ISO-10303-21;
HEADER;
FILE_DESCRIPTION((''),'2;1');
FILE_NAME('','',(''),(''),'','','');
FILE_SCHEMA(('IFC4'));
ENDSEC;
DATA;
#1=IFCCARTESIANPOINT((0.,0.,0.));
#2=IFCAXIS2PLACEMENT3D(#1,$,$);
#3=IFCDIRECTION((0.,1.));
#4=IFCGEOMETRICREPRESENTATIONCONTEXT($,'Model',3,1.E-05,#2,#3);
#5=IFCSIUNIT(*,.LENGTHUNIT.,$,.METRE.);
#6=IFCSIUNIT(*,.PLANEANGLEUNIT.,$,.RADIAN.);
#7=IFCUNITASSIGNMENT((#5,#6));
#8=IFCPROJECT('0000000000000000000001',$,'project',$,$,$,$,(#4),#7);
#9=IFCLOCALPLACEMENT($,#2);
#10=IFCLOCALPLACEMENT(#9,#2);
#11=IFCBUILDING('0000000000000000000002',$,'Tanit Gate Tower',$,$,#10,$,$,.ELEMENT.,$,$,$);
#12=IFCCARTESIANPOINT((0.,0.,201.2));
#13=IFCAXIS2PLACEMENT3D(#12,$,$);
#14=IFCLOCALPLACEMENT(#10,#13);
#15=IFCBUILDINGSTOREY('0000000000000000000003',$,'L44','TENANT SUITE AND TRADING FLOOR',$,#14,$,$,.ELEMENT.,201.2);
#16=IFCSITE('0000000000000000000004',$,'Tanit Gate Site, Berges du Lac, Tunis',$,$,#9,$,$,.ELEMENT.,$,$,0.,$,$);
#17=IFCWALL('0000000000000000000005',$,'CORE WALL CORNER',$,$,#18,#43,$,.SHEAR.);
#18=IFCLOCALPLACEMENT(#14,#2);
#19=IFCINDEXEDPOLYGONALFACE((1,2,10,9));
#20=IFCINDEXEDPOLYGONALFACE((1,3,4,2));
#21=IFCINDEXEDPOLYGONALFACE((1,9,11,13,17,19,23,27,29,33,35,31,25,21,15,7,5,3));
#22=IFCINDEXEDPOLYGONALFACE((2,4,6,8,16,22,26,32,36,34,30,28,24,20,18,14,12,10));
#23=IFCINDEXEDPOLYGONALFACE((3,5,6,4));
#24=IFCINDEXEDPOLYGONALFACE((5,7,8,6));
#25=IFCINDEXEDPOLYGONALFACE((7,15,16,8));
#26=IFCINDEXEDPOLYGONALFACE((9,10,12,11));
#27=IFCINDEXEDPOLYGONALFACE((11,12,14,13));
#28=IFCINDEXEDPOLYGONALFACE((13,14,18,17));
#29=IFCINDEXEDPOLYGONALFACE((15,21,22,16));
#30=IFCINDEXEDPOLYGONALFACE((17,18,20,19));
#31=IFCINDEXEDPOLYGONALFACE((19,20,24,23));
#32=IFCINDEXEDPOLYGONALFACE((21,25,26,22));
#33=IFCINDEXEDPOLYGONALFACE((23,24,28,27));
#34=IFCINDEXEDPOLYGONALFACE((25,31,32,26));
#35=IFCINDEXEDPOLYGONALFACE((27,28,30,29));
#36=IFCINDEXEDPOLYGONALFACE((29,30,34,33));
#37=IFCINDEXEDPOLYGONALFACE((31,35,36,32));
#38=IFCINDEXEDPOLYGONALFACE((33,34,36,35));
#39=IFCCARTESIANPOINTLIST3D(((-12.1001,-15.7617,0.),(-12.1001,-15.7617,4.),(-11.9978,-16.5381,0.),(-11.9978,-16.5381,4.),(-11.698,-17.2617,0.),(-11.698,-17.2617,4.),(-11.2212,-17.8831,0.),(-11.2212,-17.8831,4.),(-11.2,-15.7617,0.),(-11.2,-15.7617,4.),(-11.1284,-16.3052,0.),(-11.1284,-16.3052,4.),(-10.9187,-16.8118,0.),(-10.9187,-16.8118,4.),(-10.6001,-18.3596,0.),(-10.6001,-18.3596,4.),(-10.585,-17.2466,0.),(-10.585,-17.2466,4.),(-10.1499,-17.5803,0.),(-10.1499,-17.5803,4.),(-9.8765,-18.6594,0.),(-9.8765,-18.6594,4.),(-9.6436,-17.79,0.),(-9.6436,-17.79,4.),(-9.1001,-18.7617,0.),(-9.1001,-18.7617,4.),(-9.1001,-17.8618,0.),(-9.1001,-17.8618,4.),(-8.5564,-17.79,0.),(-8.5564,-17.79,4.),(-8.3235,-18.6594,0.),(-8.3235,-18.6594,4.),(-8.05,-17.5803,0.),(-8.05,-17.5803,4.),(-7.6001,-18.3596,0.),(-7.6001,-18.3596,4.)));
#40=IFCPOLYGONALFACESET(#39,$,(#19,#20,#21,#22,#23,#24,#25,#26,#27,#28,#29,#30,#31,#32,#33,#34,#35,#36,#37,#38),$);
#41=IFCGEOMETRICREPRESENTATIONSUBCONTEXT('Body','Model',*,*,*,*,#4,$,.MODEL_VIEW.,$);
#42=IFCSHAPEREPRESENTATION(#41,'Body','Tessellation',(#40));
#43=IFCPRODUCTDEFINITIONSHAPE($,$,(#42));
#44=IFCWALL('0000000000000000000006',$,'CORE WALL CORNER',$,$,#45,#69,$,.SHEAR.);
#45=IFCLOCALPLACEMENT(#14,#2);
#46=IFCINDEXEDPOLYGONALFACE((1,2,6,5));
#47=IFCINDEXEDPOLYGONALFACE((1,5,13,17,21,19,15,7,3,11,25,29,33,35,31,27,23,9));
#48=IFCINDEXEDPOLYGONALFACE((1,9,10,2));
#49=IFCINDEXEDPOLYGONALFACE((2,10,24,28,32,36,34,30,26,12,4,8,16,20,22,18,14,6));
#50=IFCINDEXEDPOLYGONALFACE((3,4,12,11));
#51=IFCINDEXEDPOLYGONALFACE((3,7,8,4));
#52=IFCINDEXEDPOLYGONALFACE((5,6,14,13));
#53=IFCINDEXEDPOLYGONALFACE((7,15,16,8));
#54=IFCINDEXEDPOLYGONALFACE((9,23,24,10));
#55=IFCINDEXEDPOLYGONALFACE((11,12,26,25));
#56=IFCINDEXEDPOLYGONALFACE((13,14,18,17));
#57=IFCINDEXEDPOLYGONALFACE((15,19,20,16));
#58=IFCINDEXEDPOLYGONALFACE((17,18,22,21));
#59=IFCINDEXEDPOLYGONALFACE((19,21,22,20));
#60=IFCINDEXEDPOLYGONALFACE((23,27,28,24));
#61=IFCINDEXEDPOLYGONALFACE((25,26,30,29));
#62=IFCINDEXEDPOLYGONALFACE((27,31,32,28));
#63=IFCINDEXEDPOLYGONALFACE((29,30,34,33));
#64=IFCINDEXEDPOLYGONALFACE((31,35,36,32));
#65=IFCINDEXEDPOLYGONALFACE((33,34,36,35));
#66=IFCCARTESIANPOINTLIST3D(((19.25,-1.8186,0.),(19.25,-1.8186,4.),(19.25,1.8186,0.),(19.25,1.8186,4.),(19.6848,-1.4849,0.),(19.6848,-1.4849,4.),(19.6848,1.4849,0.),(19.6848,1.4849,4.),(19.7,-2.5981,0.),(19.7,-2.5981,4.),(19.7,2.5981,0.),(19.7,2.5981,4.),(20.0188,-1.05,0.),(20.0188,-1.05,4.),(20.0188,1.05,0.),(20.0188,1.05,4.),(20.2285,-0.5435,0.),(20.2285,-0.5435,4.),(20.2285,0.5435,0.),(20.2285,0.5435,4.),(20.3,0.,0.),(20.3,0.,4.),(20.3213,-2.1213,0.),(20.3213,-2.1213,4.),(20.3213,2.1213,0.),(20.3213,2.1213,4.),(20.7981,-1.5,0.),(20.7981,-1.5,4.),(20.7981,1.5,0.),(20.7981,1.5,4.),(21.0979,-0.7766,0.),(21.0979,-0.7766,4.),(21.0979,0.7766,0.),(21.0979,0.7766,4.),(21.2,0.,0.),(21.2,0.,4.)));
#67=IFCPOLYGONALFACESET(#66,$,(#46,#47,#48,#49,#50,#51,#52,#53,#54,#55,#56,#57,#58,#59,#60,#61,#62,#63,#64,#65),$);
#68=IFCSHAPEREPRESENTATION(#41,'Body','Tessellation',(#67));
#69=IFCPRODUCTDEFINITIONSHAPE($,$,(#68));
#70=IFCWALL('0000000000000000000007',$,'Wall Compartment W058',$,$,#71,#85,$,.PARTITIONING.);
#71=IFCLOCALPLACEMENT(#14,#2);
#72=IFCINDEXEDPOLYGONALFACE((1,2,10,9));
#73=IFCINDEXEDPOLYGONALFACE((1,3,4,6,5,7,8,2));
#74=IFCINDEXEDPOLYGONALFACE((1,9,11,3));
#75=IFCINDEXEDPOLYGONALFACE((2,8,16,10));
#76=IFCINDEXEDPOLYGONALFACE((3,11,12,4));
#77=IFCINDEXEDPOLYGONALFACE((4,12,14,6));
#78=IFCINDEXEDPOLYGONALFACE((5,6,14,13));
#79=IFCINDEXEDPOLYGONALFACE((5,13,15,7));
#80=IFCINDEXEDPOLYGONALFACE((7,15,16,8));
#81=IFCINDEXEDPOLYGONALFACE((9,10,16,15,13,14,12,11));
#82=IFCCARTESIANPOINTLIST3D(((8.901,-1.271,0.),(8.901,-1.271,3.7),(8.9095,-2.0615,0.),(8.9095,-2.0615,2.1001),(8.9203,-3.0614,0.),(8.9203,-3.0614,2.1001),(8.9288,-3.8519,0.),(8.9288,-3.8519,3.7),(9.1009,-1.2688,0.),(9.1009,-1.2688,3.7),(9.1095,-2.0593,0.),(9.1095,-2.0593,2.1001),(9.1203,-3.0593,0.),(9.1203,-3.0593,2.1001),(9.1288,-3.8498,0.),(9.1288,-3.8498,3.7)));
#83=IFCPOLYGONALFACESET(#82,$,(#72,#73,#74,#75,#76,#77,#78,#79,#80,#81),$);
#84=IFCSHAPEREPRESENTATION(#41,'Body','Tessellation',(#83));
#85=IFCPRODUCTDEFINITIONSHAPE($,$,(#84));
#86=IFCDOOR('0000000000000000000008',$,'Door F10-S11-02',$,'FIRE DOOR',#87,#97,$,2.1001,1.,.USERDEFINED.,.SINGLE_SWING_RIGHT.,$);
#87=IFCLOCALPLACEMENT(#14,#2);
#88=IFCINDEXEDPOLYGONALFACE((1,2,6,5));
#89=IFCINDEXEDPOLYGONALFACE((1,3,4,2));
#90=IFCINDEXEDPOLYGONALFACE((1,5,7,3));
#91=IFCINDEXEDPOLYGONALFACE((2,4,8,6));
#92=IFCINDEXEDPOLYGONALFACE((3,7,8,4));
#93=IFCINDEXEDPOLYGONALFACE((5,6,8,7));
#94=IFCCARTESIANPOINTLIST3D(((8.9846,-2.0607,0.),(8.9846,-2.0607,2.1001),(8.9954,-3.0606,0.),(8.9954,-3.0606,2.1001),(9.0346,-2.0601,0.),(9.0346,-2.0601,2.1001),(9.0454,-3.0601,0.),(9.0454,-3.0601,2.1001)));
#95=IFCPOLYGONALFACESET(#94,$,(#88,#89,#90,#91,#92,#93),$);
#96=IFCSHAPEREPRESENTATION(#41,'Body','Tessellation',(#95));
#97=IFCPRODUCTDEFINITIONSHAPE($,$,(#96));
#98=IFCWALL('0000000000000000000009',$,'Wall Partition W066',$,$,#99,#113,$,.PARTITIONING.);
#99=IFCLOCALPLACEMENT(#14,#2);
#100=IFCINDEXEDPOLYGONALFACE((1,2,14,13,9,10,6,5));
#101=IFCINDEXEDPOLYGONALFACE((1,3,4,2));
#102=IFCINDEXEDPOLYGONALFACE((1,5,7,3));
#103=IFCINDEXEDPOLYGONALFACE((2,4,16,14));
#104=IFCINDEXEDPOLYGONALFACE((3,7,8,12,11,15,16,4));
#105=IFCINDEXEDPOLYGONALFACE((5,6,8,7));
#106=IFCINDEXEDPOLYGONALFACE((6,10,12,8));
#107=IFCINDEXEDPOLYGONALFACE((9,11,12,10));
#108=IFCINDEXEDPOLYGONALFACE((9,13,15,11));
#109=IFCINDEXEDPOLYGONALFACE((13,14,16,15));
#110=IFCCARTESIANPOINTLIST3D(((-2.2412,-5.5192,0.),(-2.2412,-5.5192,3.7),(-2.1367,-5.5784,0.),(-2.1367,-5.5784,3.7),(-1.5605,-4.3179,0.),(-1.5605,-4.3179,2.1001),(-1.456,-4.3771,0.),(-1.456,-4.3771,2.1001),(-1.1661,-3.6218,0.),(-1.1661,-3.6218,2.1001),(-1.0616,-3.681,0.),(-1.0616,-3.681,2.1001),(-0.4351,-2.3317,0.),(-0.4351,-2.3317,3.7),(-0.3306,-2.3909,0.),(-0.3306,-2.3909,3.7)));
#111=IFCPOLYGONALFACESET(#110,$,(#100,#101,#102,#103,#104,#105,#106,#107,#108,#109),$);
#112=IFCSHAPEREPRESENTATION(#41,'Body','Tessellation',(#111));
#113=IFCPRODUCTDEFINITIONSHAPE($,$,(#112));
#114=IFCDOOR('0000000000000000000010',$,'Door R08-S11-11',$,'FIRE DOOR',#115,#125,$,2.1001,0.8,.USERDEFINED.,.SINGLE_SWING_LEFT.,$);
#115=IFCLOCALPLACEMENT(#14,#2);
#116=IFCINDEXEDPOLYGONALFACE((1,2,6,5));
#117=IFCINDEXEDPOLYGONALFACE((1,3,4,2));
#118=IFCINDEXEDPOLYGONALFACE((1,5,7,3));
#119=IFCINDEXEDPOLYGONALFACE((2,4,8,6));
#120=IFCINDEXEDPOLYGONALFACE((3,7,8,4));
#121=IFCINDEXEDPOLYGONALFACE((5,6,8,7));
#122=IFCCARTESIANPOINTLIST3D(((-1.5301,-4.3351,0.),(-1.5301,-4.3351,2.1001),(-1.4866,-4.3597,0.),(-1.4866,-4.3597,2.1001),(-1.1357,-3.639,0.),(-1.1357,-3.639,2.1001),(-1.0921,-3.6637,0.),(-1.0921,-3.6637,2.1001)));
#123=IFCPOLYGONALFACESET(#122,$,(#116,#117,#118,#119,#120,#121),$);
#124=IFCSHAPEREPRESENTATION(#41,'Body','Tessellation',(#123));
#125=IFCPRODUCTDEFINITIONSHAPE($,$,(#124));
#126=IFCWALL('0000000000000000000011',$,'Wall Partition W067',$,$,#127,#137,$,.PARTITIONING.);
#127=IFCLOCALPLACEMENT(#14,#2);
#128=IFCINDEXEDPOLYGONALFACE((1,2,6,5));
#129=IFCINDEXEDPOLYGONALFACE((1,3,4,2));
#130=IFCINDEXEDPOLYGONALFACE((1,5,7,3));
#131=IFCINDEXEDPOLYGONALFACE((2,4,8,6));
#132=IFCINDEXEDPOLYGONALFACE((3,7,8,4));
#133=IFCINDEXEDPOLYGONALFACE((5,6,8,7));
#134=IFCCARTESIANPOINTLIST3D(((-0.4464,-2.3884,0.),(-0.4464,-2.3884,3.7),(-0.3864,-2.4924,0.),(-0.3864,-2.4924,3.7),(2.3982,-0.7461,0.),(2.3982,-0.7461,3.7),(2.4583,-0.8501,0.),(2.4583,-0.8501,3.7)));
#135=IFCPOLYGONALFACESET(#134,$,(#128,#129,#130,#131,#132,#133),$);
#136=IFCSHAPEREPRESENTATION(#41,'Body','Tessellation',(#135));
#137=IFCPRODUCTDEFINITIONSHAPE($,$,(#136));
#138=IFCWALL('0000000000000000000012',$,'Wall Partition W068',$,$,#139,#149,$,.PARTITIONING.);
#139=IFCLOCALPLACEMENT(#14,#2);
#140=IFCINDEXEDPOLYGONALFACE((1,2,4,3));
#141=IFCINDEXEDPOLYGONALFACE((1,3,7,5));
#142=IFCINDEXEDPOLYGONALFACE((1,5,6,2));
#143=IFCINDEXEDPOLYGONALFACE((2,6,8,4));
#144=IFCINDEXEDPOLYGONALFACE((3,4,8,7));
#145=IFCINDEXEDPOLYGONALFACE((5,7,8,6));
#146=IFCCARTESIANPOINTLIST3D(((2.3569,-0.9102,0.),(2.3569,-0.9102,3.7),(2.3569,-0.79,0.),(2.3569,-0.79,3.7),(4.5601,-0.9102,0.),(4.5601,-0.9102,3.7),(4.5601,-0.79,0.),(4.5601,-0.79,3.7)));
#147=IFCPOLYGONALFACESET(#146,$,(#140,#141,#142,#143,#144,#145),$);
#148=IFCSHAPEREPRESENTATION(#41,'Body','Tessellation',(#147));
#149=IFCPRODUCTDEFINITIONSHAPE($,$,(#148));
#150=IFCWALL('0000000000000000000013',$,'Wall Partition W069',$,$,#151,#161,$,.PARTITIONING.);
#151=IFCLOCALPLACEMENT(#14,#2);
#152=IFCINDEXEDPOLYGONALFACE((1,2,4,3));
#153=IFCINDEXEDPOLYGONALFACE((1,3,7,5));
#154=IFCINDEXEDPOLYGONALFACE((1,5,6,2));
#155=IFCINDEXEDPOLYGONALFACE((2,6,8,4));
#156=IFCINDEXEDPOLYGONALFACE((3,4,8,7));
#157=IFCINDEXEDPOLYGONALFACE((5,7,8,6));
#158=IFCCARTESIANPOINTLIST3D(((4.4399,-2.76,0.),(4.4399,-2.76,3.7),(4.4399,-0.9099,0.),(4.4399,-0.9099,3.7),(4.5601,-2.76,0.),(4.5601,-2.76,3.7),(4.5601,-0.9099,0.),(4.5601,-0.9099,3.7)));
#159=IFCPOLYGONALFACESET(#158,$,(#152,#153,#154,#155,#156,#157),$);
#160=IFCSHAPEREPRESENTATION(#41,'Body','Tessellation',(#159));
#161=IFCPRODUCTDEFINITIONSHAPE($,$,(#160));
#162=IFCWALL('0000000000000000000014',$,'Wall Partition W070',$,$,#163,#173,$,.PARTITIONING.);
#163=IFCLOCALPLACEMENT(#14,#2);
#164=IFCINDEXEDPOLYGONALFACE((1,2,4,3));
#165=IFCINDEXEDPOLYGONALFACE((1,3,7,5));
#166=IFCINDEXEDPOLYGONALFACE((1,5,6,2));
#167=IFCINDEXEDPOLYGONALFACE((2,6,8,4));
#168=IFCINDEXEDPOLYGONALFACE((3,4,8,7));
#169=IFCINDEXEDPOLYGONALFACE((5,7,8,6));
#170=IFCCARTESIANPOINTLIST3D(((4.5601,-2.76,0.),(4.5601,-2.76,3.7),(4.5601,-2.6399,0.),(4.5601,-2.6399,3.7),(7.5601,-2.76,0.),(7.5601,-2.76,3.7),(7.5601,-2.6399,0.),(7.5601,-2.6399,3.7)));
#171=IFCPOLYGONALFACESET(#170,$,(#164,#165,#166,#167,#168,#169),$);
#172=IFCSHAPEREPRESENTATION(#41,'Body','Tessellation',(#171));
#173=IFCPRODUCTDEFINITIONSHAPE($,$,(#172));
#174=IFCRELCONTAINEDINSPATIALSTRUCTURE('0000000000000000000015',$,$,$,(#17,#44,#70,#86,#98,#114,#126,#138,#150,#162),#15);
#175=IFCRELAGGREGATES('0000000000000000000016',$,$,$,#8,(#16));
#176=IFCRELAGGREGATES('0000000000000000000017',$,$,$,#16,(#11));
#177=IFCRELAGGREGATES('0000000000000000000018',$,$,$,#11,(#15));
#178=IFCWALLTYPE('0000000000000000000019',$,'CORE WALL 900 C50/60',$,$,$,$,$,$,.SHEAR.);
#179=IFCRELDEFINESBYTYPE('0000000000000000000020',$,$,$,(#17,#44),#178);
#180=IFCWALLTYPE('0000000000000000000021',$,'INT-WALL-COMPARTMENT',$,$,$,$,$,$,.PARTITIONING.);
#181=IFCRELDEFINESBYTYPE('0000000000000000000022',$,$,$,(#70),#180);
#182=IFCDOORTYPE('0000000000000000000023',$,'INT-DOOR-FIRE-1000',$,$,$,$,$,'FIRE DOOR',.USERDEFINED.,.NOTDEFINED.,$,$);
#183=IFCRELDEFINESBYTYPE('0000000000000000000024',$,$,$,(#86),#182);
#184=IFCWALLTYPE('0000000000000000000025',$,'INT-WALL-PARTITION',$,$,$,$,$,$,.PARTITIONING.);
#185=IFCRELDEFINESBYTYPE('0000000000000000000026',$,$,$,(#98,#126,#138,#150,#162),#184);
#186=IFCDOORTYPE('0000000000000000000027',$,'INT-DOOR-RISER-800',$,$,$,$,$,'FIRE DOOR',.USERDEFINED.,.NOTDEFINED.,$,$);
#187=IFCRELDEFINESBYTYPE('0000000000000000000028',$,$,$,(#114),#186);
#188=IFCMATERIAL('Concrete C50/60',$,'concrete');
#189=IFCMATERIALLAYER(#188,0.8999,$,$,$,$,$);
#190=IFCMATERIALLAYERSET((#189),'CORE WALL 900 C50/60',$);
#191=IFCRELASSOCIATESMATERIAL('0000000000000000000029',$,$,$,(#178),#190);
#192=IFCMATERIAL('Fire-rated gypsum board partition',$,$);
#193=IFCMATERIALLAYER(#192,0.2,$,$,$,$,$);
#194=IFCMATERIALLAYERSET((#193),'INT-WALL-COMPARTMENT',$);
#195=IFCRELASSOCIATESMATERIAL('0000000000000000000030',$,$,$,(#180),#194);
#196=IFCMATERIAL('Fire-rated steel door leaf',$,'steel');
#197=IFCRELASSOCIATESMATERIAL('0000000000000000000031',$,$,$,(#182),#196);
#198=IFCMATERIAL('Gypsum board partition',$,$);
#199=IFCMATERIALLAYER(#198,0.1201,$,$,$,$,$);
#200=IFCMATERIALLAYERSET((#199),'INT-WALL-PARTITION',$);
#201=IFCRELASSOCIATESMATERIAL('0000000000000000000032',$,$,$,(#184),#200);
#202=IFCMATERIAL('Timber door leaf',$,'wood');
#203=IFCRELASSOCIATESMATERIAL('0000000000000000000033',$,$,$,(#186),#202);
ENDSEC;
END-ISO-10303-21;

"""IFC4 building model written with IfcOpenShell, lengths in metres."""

from ifc_helpers import new_model, si_unit, direction, frame, frame_2d, origin, place, context, subcontext, project, spatial, polyline, rectangle, outline, extrude, material, layer, layer_set, type_object, element, fill, save


model = new_model("IFC4")

# Units and contexts
model_context = context("Model", 3, precision=1e-05, world=origin(), true_north=direction((0.0, 1.0)))
body_context = subcontext(model_context, "Body", "Model", "MODEL_VIEW")
ifc_project = project(units=[si_unit("LENGTHUNIT", "METRE"), si_unit("PLANEANGLEUNIT", "RADIAN")], contexts=[model_context])

# Site, building, storey
site_placement = place(None, origin())
site = spatial("IfcSite", under=ifc_project, at=site_placement, Name="Tanit Gate Site, Berges du Lac, Tunis", CompositionType="ELEMENT", RefElevation=0.0)
building_placement = place(site_placement, origin())
building = spatial("IfcBuilding", under=site, at=building_placement, Name="Tanit Gate Tower", CompositionType="ELEMENT")
storey_placement = place(building_placement, frame((0.0, 0.0, 201.2)))
storey = spatial("IfcBuildingStorey", under=building, at=storey_placement, Name="L44", Description="TENANT SUITE AND TRADING FLOOR", CompositionType="ELEMENT", Elevation=201.2)

# Walls
ifc_material_1 = material(Name="Concrete C50/60", Category="concrete")
ifc_layer_1 = layer(ifc_material_1, 0.8999)
ifc_layer_set_1 = layer_set([ifc_layer_1], Name="CORE WALL 900 C50/60")
wall_type_1 = type_object("IfcWallType", Name="CORE WALL 900 C50/60", PredefinedType="SHEAR", material=ifc_layer_set_1)
wall_1_placement = place(storey_placement, origin())
element("IfcWall", 1, at=wall_1_placement, inside=storey, type_object=wall_type_1, Name="CORE WALL CORNER", PredefinedType="SHEAR", context=body_context, shape_type="SweptSolid", body=[
    extrude(outline(polyline([(-12.1001, -15.7617), (-11.9978, -16.5381), (-11.698, -17.2617), (-11.2212, -17.8831), (-10.6001, -18.3596), (-9.8765, -18.6594), (-9.1001, -18.7617), (-8.3235, -18.6594), (-7.6001, -18.3596), (-8.05, -17.5803), (-8.5564, -17.79), (-9.1001, -17.8618), (-9.6436, -17.79), (-10.1499, -17.5803), (-10.585, -17.2466), (-10.9187, -16.8118), (-11.1284, -16.3052), (-11.2, -15.7617), (-12.1001, -15.7617)])), origin(), (0.0, 0.0, 1.0), 4.0),
])
wall_2_placement = place(storey_placement, origin())
element("IfcWall", 2, at=wall_2_placement, inside=storey, type_object=wall_type_1, Name="CORE WALL CORNER", PredefinedType="SHEAR", context=body_context, shape_type="SweptSolid", body=[
    extrude(outline(polyline([(19.7, -2.5981), (20.3213, -2.1213), (20.7981, -1.5), (21.0979, -0.7766), (21.2, 0.0), (21.0979, 0.7766), (20.7981, 1.5), (20.3213, 2.1213), (19.7, 2.5981), (19.25, 1.8186), (19.6848, 1.4849), (20.0188, 1.05), (20.2285, 0.5435), (20.3, 0.0), (20.2285, -0.5435), (20.0188, -1.05), (19.6848, -1.4849), (19.25, -1.8186), (19.7, -2.5981)])), origin(), (0.0, 0.0, 1.0), 4.0),
])

# Walls, openings, doors
ifc_material_2 = material(Name="Fire-rated gypsum board partition")
ifc_layer_2 = layer(ifc_material_2, 0.2)
ifc_layer_set_2 = layer_set([ifc_layer_2], Name="INT-WALL-COMPARTMENT")
wall_type_2 = type_object("IfcWallType", Name="INT-WALL-COMPARTMENT", PredefinedType="PARTITIONING", material=ifc_layer_set_2)
wall_3_placement = place(storey_placement, frame((9.0288, -3.8508, 0.0), z_axis=(0.0, 0.0, 1.0), x_axis=(-0.010784, 0.999942, 0.0)))
wall_3 = element("IfcWall", 3, at=wall_3_placement, inside=storey, type_object=wall_type_2, Name="Wall Compartment W058", PredefinedType="PARTITIONING", context=body_context, shape_type="SweptSolid", body=[
    extrude(rectangle(XDim=2.5811, YDim=0.2, at=frame_2d((1.2905, 0.0))), origin(), (0.0, 0.0, 1.0), 3.7),
])
opening_1_placement = place(wall_3_placement, frame((0.7905, 0.0, 0.0)))
opening_1 = element("IfcOpeningElement", 4, at=opening_1_placement, cuts=wall_3, PredefinedType="OPENING", context=body_context, shape_type="SweptSolid", body=[
    extrude(rectangle(XDim=1.0, YDim=2.1001, at=frame_2d((0.5, 1.05))), frame((0.0, 0.1099, 0.0), z_axis=(0.0, -1.0, 0.0), x_axis=(1.0, 0.0, 0.0)), (0.0, 0.0, 1.0), 0.22),
])
ifc_material_3 = material(Name="Fire-rated steel door leaf", Category="steel")
door_type_1 = type_object("IfcDoorType", Name="INT-DOOR-FIRE-1000", ElementType="FIRE DOOR", OperationType="NOTDEFINED", PredefinedType="USERDEFINED", material=ifc_material_3)
door_1_placement = place(opening_1_placement, origin())
door_1 = element("IfcDoor", 5, at=door_1_placement, inside=storey, type_object=door_type_1, Name="Door F10-S11-02", ObjectType="FIRE DOOR", OperationType="SINGLE_SWING_RIGHT", OverallHeight=2.1001, OverallWidth=1.0, PredefinedType="USERDEFINED", context=body_context, shape_type="SweptSolid", body=[
    extrude(rectangle(XDim=1.0, YDim=2.1001, at=frame_2d((0.5, 1.05))), frame((0.0, 0.0249, 0.0), z_axis=(0.0, -1.0, 0.0), x_axis=(1.0, 0.0, 0.0)), (0.0, 0.0, 1.0), 0.05),
])
fill(opening_1, door_1)
ifc_material_4 = material(Name="Gypsum board partition")
ifc_layer_3 = layer(ifc_material_4, 0.1201)
ifc_layer_set_3 = layer_set([ifc_layer_3], Name="INT-WALL-PARTITION")
wall_type_3 = type_object("IfcWallType", Name="INT-WALL-PARTITION", PredefinedType="PARTITIONING", material=ifc_layer_set_3)
wall_4_placement = place(storey_placement, frame((-0.3828, -2.3613, 0.0), z_axis=(0.0, 0.0, 1.0), x_axis=(-0.492992, -0.870034, 0.0)))
wall_4 = element("IfcWall", 6, at=wall_4_placement, inside=storey, type_object=wall_type_3, Name="Wall Partition W066", PredefinedType="PARTITIONING", context=body_context, shape_type="SweptSolid", body=[
    extrude(rectangle(XDim=3.6636, YDim=0.1201, at=frame_2d((1.8318, 0.0))), origin(), (0.0, 0.0, 1.0), 3.7),
])
opening_2_placement = place(wall_4_placement, frame((1.4829, 0.0, 0.0)))
opening_2 = element("IfcOpeningElement", 7, at=opening_2_placement, cuts=wall_4, PredefinedType="OPENING", context=body_context, shape_type="SweptSolid", body=[
    extrude(rectangle(XDim=0.8, YDim=2.1001, at=frame_2d((0.3999, 1.05))), frame((0.0, 0.0701, 0.0), z_axis=(0.0, -1.0, 0.0), x_axis=(1.0, 0.0, 0.0)), (0.0, 0.0, 1.0), 0.1401),
])
ifc_material_5 = material(Name="Timber door leaf", Category="wood")
door_type_2 = type_object("IfcDoorType", Name="INT-DOOR-RISER-800", ElementType="FIRE DOOR", OperationType="NOTDEFINED", PredefinedType="USERDEFINED", material=ifc_material_5)
door_2_placement = place(opening_2_placement, origin())
door_2 = element("IfcDoor", 8, at=door_2_placement, inside=storey, type_object=door_type_2, Name="Door R08-S11-11", ObjectType="FIRE DOOR", OperationType="SINGLE_SWING_LEFT", OverallHeight=2.1001, OverallWidth=0.8, PredefinedType="USERDEFINED", context=body_context, shape_type="SweptSolid", body=[
    extrude(rectangle(XDim=0.8, YDim=2.1001, at=frame_2d((0.3999, 1.05))), frame((0.0, 0.0249, 0.0), z_axis=(0.0, -1.0, 0.0), x_axis=(1.0, 0.0, 0.0)), (0.0, 0.0, 1.0), 0.05),
])
fill(opening_2, door_2)

# Walls
wall_5_placement = place(storey_placement, frame((2.4282, -0.7981, 0.0), z_axis=(0.0, 0.0, 1.0), x_axis=(-0.866035, -0.499984, 0.0)))
element("IfcWall", 9, at=wall_5_placement, inside=storey, type_object=wall_type_3, Name="Wall Partition W067", PredefinedType="PARTITIONING", context=body_context, shape_type="SweptSolid", body=[
    extrude(rectangle(XDim=3.2847, YDim=0.1201, at=frame_2d((1.6423, 0.0))), origin(), (0.0, 0.0, 1.0), 3.7),
])
wall_6_placement = place(storey_placement, frame((4.5601, -0.8501, 0.0), z_axis=(0.0, 0.0, 1.0), x_axis=(-1.0, 0.0, 0.0)))
element("IfcWall", 10, at=wall_6_placement, inside=storey, type_object=wall_type_3, Name="Wall Partition W068", PredefinedType="PARTITIONING", context=body_context, shape_type="SweptSolid", body=[
    extrude(rectangle(XDim=2.2031, YDim=0.1201, at=frame_2d((1.1016, 0.0))), origin(), (0.0, 0.0, 1.0), 3.7),
])
wall_7_placement = place(storey_placement, frame((4.5, -2.76, 0.0), z_axis=(0.0, 0.0, 1.0), x_axis=(0.0, 1.0, 0.0)))
element("IfcWall", 11, at=wall_7_placement, inside=storey, type_object=wall_type_3, Name="Wall Partition W069", PredefinedType="PARTITIONING", context=body_context, shape_type="SweptSolid", body=[
    extrude(rectangle(XDim=1.8501, YDim=0.1201, at=frame_2d((0.925, 0.0))), origin(), (0.0, 0.0, 1.0), 3.7),
])
wall_8_placement = place(storey_placement, frame((7.5601, -2.7, 0.0), z_axis=(0.0, 0.0, 1.0), x_axis=(-1.0, 0.0, 0.0)))
element("IfcWall", 12, at=wall_8_placement, inside=storey, type_object=wall_type_3, Name="Wall Partition W070", PredefinedType="PARTITIONING", context=body_context, shape_type="SweptSolid", body=[
    extrude(rectangle(XDim=3.0, YDim=0.1201, at=frame_2d((1.5, 0.0))), origin(), (0.0, 0.0, 1.0), 3.7),
])

save(model, "model.ifc")
